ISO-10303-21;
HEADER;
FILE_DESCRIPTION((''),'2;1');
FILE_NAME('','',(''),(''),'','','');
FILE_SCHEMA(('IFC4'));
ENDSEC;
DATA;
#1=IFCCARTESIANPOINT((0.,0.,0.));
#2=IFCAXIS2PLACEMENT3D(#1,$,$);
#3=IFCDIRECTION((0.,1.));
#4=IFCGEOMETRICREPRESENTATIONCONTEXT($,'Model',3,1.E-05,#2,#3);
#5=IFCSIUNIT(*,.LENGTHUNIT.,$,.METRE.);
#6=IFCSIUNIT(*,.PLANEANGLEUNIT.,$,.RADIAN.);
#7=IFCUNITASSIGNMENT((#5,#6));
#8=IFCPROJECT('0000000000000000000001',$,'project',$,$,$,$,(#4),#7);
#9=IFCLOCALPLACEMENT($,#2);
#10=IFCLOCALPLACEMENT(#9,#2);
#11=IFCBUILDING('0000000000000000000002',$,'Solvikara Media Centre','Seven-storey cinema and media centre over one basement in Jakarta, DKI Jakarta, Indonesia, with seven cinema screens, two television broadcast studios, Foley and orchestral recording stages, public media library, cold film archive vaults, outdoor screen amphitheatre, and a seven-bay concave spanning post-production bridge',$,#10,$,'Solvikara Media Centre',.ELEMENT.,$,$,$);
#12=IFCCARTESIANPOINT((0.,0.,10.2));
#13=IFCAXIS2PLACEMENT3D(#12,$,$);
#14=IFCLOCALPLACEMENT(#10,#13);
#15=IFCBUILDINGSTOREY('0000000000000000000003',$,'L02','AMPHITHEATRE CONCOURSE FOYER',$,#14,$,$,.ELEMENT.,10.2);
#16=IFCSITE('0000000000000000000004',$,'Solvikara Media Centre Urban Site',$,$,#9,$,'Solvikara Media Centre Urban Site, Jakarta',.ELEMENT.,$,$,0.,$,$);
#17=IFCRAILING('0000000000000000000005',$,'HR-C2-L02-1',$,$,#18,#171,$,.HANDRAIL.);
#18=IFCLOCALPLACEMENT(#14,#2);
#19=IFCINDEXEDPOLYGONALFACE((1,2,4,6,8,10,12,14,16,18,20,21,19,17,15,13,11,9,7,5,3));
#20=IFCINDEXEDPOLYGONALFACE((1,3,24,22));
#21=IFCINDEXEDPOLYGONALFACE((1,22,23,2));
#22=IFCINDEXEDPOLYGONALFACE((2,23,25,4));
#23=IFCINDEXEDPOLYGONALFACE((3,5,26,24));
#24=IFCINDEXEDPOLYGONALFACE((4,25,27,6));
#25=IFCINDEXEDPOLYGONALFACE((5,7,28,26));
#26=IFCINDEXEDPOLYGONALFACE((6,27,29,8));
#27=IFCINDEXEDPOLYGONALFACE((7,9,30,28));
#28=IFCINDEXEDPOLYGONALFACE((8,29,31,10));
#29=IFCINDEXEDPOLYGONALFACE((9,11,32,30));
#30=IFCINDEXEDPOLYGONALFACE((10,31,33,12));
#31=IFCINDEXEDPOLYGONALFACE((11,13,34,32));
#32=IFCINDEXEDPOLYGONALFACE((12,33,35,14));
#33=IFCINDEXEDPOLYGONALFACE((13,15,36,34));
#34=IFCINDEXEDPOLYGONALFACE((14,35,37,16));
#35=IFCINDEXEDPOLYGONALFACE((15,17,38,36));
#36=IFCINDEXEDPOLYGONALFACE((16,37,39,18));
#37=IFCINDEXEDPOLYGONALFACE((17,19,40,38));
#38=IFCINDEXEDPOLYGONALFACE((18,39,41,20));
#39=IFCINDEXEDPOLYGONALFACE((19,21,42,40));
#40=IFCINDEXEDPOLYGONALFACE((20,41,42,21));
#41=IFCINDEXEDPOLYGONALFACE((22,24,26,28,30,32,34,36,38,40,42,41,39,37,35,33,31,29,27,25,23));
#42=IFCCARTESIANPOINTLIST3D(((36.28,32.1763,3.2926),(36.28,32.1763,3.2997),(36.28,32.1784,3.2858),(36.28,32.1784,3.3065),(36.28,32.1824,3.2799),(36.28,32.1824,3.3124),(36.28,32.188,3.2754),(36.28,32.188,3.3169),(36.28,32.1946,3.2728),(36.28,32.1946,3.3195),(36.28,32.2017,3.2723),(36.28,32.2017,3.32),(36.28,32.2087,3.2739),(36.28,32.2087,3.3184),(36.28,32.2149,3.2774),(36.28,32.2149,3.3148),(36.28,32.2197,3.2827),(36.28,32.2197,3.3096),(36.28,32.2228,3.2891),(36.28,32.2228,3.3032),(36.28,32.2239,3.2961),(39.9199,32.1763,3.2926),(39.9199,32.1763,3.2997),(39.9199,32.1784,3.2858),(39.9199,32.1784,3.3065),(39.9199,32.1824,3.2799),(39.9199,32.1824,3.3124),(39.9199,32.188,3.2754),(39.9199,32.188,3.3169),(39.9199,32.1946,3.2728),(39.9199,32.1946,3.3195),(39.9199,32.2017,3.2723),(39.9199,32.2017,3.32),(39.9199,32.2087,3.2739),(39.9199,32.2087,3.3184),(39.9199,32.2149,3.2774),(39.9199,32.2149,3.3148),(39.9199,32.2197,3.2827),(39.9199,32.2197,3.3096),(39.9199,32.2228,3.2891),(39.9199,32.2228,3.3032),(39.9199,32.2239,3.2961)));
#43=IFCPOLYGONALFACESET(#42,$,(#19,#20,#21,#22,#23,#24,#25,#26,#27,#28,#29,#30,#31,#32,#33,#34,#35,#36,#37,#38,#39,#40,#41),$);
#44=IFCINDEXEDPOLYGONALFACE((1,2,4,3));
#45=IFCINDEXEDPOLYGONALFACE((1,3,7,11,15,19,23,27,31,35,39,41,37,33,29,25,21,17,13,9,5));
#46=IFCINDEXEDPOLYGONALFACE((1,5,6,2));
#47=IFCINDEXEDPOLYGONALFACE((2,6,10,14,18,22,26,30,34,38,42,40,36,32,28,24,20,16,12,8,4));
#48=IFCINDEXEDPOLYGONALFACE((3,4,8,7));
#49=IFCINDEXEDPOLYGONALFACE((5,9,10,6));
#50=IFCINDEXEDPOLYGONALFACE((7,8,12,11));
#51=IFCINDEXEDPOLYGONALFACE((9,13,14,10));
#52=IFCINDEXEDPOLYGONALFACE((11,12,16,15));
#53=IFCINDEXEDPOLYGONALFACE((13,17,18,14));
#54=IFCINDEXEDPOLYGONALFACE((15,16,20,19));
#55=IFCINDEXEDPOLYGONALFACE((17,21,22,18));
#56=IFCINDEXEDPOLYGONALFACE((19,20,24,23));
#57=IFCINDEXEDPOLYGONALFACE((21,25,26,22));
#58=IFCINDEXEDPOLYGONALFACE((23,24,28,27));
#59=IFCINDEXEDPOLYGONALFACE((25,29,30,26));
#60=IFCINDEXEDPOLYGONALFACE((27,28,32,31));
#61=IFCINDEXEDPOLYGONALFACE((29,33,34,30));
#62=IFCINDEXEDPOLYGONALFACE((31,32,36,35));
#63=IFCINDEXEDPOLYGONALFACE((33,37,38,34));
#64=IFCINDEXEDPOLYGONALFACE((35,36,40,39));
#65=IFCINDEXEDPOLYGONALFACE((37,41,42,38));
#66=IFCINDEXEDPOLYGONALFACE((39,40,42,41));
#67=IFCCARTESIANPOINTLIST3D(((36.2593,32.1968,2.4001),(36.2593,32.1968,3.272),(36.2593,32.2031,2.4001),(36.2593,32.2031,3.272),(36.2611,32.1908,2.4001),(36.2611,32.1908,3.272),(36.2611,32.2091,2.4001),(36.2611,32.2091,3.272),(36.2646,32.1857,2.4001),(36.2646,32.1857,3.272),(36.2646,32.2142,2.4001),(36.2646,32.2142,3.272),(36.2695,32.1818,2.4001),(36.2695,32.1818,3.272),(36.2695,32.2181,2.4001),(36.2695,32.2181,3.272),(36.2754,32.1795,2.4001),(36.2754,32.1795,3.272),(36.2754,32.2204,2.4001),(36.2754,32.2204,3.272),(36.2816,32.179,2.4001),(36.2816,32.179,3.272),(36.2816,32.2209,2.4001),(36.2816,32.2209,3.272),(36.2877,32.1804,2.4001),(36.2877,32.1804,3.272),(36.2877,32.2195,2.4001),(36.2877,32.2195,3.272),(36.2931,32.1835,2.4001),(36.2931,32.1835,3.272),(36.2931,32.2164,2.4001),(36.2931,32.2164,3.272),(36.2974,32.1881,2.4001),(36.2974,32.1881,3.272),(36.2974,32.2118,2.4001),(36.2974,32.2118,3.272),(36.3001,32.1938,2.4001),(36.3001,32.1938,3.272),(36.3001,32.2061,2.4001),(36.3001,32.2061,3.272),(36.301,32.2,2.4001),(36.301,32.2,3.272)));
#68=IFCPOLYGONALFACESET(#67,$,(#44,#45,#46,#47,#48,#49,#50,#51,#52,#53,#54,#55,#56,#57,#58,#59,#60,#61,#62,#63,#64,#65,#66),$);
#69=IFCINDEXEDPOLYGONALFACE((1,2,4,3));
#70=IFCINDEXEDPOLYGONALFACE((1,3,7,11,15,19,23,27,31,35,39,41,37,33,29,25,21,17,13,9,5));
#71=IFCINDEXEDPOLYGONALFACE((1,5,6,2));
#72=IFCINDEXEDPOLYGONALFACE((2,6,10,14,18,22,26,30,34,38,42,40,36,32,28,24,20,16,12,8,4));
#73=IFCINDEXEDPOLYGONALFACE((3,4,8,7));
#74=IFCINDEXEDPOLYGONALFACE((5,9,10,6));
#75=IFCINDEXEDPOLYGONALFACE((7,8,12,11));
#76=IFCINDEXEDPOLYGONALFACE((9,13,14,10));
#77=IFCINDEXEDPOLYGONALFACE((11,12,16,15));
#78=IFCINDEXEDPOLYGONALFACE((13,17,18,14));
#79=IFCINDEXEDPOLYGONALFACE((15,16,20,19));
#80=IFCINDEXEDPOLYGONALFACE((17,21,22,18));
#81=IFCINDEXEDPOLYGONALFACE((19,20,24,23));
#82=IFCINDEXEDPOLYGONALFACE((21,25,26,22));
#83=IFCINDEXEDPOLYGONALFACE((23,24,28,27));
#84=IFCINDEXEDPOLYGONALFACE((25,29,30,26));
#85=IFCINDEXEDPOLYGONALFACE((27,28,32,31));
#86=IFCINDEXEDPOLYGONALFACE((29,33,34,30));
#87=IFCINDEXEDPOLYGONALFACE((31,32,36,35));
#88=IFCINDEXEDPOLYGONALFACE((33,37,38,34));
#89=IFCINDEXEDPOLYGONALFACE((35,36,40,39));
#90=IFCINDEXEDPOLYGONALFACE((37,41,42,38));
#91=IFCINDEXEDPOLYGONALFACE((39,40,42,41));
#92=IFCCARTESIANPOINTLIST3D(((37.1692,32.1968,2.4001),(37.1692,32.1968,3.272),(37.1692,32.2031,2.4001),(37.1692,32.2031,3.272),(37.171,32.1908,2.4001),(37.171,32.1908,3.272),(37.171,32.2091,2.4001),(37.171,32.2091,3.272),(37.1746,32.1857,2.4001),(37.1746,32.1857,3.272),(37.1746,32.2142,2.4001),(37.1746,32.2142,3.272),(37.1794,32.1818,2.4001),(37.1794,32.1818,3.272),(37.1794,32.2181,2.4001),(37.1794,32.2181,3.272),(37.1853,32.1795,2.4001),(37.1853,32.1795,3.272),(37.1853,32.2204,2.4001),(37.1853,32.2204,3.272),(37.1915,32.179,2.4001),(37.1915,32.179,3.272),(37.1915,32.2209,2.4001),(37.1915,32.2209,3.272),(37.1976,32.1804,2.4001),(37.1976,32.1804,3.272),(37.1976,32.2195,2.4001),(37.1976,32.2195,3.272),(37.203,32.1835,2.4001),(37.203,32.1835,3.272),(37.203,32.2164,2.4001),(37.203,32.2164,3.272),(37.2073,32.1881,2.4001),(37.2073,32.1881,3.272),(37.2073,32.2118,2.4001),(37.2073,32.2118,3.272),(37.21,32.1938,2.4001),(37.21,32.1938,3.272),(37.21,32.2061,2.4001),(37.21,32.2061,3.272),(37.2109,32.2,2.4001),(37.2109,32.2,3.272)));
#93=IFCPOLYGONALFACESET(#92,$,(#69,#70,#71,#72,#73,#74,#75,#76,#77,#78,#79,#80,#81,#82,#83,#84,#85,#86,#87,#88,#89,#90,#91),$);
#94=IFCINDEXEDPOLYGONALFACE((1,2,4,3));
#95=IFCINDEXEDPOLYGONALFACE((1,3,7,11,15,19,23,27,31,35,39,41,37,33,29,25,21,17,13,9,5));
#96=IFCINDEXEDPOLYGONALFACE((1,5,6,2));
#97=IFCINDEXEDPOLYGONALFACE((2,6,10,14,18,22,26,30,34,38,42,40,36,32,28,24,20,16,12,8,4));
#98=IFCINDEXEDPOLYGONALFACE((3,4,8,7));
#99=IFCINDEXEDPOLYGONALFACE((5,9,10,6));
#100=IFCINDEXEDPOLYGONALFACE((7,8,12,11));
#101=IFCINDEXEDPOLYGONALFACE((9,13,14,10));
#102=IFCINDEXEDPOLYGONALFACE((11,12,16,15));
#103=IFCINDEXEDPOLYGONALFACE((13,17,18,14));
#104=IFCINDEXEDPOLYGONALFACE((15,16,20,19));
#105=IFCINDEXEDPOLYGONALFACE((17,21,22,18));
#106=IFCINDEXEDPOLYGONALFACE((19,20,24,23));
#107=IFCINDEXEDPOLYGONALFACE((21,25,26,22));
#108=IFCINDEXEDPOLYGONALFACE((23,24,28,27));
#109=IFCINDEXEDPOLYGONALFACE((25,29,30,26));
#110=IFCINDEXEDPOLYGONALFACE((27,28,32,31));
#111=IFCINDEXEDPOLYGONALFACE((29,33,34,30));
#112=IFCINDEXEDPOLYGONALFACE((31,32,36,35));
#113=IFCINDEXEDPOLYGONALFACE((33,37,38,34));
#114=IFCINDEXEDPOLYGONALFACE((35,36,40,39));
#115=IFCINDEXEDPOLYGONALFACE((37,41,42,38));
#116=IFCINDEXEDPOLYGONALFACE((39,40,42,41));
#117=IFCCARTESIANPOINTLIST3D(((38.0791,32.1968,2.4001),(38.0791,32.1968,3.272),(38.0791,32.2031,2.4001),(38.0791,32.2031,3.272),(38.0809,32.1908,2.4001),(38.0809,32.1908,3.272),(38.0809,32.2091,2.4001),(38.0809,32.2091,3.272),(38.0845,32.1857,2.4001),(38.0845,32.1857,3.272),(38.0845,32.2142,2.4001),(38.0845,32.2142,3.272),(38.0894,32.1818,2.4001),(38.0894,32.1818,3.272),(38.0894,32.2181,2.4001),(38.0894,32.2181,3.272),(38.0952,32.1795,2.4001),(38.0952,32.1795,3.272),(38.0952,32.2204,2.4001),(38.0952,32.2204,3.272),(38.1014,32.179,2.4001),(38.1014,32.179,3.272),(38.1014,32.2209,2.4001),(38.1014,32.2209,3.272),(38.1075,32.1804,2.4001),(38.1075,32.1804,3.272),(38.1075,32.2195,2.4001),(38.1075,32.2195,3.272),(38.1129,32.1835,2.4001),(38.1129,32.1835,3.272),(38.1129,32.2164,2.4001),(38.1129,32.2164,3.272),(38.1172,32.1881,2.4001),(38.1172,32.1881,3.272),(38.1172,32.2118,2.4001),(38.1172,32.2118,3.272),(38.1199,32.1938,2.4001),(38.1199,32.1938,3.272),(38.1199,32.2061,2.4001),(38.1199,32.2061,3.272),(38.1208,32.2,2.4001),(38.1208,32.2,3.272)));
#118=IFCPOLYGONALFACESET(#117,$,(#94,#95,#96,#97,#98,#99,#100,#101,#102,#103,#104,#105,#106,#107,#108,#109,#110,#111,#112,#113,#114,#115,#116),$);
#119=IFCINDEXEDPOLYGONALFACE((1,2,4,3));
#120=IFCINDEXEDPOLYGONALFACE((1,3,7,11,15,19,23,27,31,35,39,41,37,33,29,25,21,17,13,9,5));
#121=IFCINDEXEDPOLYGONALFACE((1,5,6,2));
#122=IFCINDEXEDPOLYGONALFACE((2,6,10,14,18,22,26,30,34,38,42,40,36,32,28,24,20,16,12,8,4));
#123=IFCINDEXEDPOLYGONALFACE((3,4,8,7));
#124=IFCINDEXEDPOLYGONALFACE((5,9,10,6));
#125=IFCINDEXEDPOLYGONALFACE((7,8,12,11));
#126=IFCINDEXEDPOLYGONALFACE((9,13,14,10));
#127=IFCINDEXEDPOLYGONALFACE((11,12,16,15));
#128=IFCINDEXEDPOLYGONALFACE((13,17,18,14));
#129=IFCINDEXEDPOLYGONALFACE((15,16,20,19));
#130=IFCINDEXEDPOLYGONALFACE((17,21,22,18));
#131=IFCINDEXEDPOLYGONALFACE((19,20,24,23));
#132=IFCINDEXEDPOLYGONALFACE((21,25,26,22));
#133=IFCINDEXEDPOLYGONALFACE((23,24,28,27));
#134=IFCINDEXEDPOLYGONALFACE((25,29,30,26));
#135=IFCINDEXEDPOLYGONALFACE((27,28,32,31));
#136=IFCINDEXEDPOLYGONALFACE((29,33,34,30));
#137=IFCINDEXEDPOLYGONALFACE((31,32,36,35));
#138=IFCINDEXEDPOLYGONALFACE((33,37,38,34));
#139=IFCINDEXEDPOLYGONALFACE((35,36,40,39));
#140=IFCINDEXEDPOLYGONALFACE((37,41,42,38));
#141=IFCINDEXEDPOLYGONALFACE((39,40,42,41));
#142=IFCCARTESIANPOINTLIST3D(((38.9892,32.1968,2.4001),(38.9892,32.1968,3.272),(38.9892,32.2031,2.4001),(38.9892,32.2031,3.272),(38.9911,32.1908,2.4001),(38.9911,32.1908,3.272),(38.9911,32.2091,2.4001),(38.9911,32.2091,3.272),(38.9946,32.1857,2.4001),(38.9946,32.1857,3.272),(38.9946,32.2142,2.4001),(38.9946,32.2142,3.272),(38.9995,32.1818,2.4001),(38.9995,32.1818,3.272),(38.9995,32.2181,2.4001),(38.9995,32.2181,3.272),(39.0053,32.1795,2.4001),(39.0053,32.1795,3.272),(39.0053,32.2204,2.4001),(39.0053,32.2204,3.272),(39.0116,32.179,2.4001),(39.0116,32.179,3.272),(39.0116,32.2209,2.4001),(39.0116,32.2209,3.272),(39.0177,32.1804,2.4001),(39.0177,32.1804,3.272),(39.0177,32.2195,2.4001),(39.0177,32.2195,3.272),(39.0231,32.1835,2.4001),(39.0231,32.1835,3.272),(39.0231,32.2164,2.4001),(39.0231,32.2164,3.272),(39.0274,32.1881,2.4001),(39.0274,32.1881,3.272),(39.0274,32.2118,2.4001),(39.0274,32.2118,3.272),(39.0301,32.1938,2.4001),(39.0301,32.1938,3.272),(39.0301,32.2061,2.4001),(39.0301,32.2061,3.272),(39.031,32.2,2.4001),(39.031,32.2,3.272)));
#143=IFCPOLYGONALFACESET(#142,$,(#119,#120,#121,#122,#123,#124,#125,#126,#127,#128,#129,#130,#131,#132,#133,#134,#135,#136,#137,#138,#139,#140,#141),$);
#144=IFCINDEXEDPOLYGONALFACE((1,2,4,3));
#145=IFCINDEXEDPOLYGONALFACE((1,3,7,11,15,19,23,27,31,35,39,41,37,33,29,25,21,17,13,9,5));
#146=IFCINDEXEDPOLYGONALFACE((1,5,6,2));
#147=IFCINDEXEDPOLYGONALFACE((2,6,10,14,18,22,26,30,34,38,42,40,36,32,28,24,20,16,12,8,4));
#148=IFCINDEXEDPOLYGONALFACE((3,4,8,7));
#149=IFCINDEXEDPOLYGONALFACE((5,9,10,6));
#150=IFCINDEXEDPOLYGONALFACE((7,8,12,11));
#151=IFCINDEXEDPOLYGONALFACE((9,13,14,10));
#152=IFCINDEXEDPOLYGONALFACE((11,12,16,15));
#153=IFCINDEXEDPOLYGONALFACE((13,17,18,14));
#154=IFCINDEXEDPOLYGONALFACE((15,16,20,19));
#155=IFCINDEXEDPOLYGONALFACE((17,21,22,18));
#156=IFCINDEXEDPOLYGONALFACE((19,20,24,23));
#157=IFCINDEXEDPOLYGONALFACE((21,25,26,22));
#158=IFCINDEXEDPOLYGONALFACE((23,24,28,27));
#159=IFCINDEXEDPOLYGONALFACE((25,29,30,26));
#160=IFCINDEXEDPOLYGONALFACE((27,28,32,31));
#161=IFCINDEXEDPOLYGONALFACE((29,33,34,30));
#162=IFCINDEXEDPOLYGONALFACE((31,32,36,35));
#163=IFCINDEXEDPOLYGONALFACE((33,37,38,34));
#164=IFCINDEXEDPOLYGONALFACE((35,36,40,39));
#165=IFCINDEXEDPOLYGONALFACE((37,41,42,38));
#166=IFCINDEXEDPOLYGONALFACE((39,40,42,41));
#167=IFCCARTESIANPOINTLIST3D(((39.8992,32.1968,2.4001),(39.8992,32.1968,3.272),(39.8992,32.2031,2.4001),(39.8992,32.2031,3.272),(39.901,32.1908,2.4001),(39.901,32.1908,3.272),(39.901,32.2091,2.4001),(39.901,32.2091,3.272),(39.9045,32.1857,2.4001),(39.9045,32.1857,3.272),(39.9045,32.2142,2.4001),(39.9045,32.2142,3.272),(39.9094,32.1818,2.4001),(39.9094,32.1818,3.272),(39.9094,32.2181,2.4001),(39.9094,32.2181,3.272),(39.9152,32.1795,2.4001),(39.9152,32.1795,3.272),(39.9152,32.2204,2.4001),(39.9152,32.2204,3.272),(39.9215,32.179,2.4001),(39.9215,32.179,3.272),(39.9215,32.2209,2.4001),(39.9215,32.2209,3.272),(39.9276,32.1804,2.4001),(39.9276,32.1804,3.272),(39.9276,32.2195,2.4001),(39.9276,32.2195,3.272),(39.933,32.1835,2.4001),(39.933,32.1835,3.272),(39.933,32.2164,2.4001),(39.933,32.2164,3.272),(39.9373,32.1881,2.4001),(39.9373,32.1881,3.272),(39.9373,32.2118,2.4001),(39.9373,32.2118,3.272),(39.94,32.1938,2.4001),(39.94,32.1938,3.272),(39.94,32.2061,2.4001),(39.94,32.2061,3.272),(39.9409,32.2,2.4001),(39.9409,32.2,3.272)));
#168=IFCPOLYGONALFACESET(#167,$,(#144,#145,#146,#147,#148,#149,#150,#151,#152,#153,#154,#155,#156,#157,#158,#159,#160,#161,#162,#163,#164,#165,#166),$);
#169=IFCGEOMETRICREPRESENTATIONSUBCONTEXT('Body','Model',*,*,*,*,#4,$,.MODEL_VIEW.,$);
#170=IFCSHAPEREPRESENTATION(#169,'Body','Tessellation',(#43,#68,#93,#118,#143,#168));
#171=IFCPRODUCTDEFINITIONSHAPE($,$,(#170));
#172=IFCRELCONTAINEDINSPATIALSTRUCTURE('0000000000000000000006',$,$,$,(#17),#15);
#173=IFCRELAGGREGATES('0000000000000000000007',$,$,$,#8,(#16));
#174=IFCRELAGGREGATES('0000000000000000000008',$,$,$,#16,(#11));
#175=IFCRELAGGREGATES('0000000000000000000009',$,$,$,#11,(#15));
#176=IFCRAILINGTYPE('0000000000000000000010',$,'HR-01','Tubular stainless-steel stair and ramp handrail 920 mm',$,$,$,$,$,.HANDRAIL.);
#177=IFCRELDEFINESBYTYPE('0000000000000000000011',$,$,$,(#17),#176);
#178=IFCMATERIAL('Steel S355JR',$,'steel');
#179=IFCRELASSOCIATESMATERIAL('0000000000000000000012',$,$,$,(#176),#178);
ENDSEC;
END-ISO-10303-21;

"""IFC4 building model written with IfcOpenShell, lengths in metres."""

from ifc_helpers import new_model, si_unit, direction, frame, origin, origin_2d, place, context, subcontext, project, spatial, circle, extrude, material, type_object, element, save


model = new_model("IFC4")

# Units and contexts
model_context = context("Model", 3, precision=1e-05, world=origin(), true_north=direction((0.0, 1.0)))
body_context = subcontext(model_context, "Body", "Model", "MODEL_VIEW")
ifc_project = project(units=[si_unit("LENGTHUNIT", "METRE"), si_unit("PLANEANGLEUNIT", "RADIAN")], contexts=[model_context])

# Site, building, storey
site_placement = place(None, origin())
site = spatial("IfcSite", under=ifc_project, at=site_placement, Name="Solvikara Media Centre Urban Site", LongName="Solvikara Media Centre Urban Site, Jakarta", CompositionType="ELEMENT", RefElevation=0.0)
building_placement = place(site_placement, origin())
building = spatial("IfcBuilding", under=site, at=building_placement, Name="Solvikara Media Centre", Description="Seven-storey cinema and media centre over one basement in Jakarta, DKI Jakarta, Indonesia, with seven cinema screens, two television broadcast studios, Foley and orchestral recording stages, public media library, cold film archive vaults, outdoor screen amphitheatre, and a seven-bay concave spanning post-production bridge", LongName="Solvikara Media Centre", CompositionType="ELEMENT")
storey_placement = place(building_placement, frame((0.0, 0.0, 10.2)))
storey = spatial("IfcBuildingStorey", under=building, at=storey_placement, Name="L02", Description="AMPHITHEATRE CONCOURSE FOYER", CompositionType="ELEMENT", Elevation=10.2)

# Shared definitions
ifc_material_1 = material(Name="Steel S355JR", Category="steel")

# Railing
railing_type_1 = type_object("IfcRailingType", Name="HR-01", Description="Tubular stainless-steel stair and ramp handrail 920 mm", PredefinedType="HANDRAIL", material=ifc_material_1)
railing_1_placement = place(storey_placement, frame((36.28, 32.2, 2.4001)))
element("IfcRailing", 1, at=railing_1_placement, inside=storey, type_object=railing_type_1, Name="HR-C2-L02-1", PredefinedType="HANDRAIL", context=body_context, shape_type="SweptSolid", body=[
    extrude(circle(Radius=0.0239, at=origin_2d()), frame((0.0, 0.0, 0.896), z_axis=(1.0, 0.0, 0.0), x_axis=(0.0, 1.0, 0.0)), (0.0, 0.0, 1.0), 3.6399),
    extrude(circle(Radius=0.021, at=origin_2d()), origin(), (0.0, 0.0, 1.0), 0.8718),
    extrude(circle(Radius=0.021, at=origin_2d()), frame((0.9099, 0.0, 0.0)), (0.0, 0.0, 1.0), 0.8718),
    extrude(circle(Radius=0.021, at=origin_2d()), frame((1.8198, 0.0, 0.0)), (0.0, 0.0, 1.0), 0.8718),
    extrude(circle(Radius=0.021, at=origin_2d()), frame((2.73, 0.0, 0.0)), (0.0, 0.0, 1.0), 0.8718),
    extrude(circle(Radius=0.021, at=origin_2d()), frame((3.6399, 0.0, 0.0)), (0.0, 0.0, 1.0), 0.8718),
])

save(model, "model.ifc")
